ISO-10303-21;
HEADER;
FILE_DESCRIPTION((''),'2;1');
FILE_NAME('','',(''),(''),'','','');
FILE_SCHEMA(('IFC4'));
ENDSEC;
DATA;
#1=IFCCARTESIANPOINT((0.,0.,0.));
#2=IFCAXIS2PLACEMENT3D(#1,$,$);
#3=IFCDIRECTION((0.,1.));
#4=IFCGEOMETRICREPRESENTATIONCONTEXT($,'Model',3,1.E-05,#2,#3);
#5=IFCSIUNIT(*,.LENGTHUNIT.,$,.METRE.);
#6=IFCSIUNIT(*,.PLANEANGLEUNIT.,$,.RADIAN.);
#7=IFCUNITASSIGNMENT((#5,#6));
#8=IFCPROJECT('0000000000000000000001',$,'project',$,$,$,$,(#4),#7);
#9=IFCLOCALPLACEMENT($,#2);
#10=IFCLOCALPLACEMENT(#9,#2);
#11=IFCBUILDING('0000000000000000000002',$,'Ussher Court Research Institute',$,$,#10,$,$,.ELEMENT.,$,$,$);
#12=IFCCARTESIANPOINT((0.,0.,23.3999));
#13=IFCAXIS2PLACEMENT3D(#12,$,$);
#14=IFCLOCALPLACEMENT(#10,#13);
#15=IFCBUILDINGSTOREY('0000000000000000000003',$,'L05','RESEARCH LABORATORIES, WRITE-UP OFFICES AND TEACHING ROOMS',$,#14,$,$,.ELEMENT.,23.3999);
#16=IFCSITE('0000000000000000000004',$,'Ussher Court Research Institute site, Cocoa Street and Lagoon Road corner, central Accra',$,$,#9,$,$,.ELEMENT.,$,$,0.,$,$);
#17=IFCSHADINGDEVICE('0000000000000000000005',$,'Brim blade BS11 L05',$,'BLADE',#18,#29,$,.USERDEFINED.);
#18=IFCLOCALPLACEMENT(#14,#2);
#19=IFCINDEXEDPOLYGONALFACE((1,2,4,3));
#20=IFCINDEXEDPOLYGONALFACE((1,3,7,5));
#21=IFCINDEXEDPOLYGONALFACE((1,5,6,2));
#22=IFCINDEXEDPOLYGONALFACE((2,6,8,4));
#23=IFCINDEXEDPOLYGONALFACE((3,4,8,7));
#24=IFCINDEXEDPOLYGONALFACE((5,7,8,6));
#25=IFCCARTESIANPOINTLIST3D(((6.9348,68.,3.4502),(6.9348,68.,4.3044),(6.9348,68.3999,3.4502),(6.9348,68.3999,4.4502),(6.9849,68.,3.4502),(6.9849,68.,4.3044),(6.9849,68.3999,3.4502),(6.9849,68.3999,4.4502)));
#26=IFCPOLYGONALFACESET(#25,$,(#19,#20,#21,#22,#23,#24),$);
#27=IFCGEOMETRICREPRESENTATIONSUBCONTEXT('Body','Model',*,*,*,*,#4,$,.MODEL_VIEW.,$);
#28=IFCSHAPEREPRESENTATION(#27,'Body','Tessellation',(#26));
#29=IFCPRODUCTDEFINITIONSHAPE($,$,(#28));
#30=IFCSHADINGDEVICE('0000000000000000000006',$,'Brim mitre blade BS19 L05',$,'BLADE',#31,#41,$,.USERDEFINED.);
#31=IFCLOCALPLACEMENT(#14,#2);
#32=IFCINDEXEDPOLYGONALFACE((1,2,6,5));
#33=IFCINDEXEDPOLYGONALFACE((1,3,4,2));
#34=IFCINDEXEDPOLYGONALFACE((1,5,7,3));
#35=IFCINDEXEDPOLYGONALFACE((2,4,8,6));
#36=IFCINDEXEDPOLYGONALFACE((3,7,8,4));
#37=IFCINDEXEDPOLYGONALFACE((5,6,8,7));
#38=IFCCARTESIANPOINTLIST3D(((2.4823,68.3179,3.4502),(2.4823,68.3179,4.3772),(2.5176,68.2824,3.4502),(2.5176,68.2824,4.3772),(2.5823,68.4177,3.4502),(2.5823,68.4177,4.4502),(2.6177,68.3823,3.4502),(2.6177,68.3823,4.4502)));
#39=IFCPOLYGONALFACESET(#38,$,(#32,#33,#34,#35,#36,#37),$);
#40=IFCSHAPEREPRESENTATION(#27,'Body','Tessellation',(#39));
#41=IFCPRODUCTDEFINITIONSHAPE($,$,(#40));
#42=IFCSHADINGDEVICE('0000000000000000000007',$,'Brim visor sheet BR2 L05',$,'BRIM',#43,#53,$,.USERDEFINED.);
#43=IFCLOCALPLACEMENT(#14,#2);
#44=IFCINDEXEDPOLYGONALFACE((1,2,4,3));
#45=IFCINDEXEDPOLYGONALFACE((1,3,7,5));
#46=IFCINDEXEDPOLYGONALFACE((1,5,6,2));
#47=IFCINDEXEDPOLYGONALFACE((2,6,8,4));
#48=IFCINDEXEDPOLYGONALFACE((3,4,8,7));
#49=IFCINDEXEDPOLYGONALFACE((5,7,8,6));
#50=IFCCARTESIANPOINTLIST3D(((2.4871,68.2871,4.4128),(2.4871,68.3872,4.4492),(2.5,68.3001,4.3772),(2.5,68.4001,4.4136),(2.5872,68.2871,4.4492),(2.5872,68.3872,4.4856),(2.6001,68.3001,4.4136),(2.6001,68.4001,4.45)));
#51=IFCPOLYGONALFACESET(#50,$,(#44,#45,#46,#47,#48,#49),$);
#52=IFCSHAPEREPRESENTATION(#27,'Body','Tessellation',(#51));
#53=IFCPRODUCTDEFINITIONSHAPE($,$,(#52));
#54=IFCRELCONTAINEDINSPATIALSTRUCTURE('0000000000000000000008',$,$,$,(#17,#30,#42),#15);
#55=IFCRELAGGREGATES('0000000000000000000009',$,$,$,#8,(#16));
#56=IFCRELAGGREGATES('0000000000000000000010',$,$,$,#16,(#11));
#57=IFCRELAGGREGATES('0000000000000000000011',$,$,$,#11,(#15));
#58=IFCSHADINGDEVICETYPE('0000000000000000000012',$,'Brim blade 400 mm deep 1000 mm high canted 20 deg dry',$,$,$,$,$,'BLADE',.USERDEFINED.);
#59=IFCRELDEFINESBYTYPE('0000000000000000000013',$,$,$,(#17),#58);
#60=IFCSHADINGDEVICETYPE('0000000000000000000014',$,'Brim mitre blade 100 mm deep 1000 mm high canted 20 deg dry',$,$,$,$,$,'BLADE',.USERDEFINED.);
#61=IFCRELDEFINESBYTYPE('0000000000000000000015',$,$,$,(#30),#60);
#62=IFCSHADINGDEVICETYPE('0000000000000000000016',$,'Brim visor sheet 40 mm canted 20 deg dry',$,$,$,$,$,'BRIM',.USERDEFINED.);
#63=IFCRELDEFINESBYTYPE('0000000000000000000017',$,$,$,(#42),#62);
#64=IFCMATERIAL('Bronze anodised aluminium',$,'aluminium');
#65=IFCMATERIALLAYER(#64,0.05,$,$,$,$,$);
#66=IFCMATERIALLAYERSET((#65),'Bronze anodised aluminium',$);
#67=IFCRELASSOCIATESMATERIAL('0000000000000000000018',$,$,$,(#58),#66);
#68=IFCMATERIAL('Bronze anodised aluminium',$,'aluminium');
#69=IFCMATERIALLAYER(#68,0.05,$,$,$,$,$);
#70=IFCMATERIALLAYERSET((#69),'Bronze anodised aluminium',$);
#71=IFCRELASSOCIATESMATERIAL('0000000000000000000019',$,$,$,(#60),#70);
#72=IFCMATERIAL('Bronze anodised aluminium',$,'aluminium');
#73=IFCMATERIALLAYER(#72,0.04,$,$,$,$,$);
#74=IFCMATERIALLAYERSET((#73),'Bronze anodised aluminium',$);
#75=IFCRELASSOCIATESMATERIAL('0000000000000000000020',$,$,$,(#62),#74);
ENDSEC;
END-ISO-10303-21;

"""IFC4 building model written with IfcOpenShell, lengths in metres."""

from ifc_helpers import new_model, si_unit, direction, frame, origin, place, context, subcontext, project, spatial, polyline, outline, extrude, material, layer, layer_set, type_object, element, save


model = new_model("IFC4")

# Units and contexts
model_context = context("Model", 3, precision=1e-05, world=origin(), true_north=direction((0.0, 1.0)))
body_context = subcontext(model_context, "Body", "Model", "MODEL_VIEW")
ifc_project = project(units=[si_unit("LENGTHUNIT", "METRE"), si_unit("PLANEANGLEUNIT", "RADIAN")], contexts=[model_context])

# Site, building, storey
site_placement = place(None, origin())
site = spatial("IfcSite", under=ifc_project, at=site_placement, Name="Ussher Court Research Institute site, Cocoa Street and Lagoon Road corner, central Accra", CompositionType="ELEMENT", RefElevation=0.0)
building_placement = place(site_placement, origin())
building = spatial("IfcBuilding", under=site, at=building_placement, Name="Ussher Court Research Institute", CompositionType="ELEMENT")
storey_placement = place(building_placement, frame((0.0, 0.0, 23.3999)))
storey = spatial("IfcBuildingStorey", under=building, at=storey_placement, Name="L05", Description="RESEARCH LABORATORIES, WRITE-UP OFFICES AND TEACHING ROOMS", CompositionType="ELEMENT", Elevation=23.3999)

# Shading devices
ifc_material_1 = material(Name="Bronze anodised aluminium", Category="aluminium")
ifc_layer_1 = layer(ifc_material_1, 0.05)
ifc_layer_set_1 = layer_set([ifc_layer_1], Name="Bronze anodised aluminium")
shading_device_type_1 = type_object("IfcShadingDeviceType", Name="Brim blade 400 mm deep 1000 mm high canted 20 deg dry", ElementType="BLADE", PredefinedType="USERDEFINED", material=ifc_layer_set_1)
for number, where, z_axis, x_axis, name in (
    (1, (6.96, 68.3999, 3.4502), (0.0, 0.0, 1.0), (0.0, -1.0, 0.0), "Brim blade BS11 L05"),
):
    element("IfcShadingDevice", number, at=place(storey_placement, frame(where, z_axis=z_axis, x_axis=x_axis)), inside=storey, type_object=shading_device_type_1, Name=name, ObjectType="BLADE", PredefinedType="USERDEFINED", context=body_context, shape_type="SweptSolid", body=[
        extrude(outline(polyline([(0.0, 0.0), (0.3999, 0.0), (0.3999, 0.8542), (0.0, 1.0), (0.0, 0.0)])), frame((0.0, 0.0249, 0.0), z_axis=(0.0, -1.0, 0.0), x_axis=(1.0, 0.0, 0.0)), (0.0, 0.0, 1.0), 0.05),
    ])
ifc_material_2 = material(Name="Bronze anodised aluminium", Category="aluminium")
ifc_layer_2 = layer(ifc_material_2, 0.05)
ifc_layer_set_2 = layer_set([ifc_layer_2], Name="Bronze anodised aluminium")
shading_device_type_2 = type_object("IfcShadingDeviceType", Name="Brim mitre blade 100 mm deep 1000 mm high canted 20 deg dry", ElementType="BLADE", PredefinedType="USERDEFINED", material=ifc_layer_set_2)
shading_device_1_placement = place(storey_placement, frame((2.6001, 68.3999, 3.4502), z_axis=(0.0, 0.0, 1.0), x_axis=(-0.70797, -0.706243, 0.0)))
element("IfcShadingDevice", 2, at=shading_device_1_placement, inside=storey, type_object=shading_device_type_2, Name="Brim mitre blade BS19 L05", ObjectType="BLADE", PredefinedType="USERDEFINED", context=body_context, shape_type="SweptSolid", body=[
    extrude(outline(polyline([(0.0, 0.0), (0.1414, 0.0), (0.1414, 0.927), (0.0, 1.0), (0.0, 0.0)])), frame((0.0, 0.0249, 0.0), z_axis=(0.0, -1.0, 0.0), x_axis=(1.0, 0.0, 0.0)), (0.0, 0.0, 1.0), 0.05),
])
ifc_material_3 = material(Name="Bronze anodised aluminium", Category="aluminium")
ifc_layer_3 = layer(ifc_material_3, 0.04)
ifc_layer_set_3 = layer_set([ifc_layer_3], Name="Bronze anodised aluminium")
shading_device_type_3 = type_object("IfcShadingDeviceType", Name="Brim visor sheet 40 mm canted 20 deg dry", ElementType="BRIM", PredefinedType="USERDEFINED", material=ifc_layer_set_3)
shading_device_2_placement = place(storey_placement, frame((2.5872, 68.3872, 4.4856), z_axis=(-0.323225, -0.323225, 0.889411), x_axis=(-0.93986, 0.0, -0.341559)))
element("IfcShadingDevice", 3, at=shading_device_2_placement, inside=storey, type_object=shading_device_type_3, Name="Brim visor sheet BR2 L05", ObjectType="BRIM", PredefinedType="USERDEFINED", context=body_context, shape_type="SweptSolid", body=[
    extrude(outline(polyline([(0.0, 0.0), (0.1065, 0.0), (0.1189, 0.1058), (0.0124, 0.1058), (0.0, 0.0)])), origin(), (0.0, 0.0, -1.0), 0.04),
])

save(model, "model.ifc")
